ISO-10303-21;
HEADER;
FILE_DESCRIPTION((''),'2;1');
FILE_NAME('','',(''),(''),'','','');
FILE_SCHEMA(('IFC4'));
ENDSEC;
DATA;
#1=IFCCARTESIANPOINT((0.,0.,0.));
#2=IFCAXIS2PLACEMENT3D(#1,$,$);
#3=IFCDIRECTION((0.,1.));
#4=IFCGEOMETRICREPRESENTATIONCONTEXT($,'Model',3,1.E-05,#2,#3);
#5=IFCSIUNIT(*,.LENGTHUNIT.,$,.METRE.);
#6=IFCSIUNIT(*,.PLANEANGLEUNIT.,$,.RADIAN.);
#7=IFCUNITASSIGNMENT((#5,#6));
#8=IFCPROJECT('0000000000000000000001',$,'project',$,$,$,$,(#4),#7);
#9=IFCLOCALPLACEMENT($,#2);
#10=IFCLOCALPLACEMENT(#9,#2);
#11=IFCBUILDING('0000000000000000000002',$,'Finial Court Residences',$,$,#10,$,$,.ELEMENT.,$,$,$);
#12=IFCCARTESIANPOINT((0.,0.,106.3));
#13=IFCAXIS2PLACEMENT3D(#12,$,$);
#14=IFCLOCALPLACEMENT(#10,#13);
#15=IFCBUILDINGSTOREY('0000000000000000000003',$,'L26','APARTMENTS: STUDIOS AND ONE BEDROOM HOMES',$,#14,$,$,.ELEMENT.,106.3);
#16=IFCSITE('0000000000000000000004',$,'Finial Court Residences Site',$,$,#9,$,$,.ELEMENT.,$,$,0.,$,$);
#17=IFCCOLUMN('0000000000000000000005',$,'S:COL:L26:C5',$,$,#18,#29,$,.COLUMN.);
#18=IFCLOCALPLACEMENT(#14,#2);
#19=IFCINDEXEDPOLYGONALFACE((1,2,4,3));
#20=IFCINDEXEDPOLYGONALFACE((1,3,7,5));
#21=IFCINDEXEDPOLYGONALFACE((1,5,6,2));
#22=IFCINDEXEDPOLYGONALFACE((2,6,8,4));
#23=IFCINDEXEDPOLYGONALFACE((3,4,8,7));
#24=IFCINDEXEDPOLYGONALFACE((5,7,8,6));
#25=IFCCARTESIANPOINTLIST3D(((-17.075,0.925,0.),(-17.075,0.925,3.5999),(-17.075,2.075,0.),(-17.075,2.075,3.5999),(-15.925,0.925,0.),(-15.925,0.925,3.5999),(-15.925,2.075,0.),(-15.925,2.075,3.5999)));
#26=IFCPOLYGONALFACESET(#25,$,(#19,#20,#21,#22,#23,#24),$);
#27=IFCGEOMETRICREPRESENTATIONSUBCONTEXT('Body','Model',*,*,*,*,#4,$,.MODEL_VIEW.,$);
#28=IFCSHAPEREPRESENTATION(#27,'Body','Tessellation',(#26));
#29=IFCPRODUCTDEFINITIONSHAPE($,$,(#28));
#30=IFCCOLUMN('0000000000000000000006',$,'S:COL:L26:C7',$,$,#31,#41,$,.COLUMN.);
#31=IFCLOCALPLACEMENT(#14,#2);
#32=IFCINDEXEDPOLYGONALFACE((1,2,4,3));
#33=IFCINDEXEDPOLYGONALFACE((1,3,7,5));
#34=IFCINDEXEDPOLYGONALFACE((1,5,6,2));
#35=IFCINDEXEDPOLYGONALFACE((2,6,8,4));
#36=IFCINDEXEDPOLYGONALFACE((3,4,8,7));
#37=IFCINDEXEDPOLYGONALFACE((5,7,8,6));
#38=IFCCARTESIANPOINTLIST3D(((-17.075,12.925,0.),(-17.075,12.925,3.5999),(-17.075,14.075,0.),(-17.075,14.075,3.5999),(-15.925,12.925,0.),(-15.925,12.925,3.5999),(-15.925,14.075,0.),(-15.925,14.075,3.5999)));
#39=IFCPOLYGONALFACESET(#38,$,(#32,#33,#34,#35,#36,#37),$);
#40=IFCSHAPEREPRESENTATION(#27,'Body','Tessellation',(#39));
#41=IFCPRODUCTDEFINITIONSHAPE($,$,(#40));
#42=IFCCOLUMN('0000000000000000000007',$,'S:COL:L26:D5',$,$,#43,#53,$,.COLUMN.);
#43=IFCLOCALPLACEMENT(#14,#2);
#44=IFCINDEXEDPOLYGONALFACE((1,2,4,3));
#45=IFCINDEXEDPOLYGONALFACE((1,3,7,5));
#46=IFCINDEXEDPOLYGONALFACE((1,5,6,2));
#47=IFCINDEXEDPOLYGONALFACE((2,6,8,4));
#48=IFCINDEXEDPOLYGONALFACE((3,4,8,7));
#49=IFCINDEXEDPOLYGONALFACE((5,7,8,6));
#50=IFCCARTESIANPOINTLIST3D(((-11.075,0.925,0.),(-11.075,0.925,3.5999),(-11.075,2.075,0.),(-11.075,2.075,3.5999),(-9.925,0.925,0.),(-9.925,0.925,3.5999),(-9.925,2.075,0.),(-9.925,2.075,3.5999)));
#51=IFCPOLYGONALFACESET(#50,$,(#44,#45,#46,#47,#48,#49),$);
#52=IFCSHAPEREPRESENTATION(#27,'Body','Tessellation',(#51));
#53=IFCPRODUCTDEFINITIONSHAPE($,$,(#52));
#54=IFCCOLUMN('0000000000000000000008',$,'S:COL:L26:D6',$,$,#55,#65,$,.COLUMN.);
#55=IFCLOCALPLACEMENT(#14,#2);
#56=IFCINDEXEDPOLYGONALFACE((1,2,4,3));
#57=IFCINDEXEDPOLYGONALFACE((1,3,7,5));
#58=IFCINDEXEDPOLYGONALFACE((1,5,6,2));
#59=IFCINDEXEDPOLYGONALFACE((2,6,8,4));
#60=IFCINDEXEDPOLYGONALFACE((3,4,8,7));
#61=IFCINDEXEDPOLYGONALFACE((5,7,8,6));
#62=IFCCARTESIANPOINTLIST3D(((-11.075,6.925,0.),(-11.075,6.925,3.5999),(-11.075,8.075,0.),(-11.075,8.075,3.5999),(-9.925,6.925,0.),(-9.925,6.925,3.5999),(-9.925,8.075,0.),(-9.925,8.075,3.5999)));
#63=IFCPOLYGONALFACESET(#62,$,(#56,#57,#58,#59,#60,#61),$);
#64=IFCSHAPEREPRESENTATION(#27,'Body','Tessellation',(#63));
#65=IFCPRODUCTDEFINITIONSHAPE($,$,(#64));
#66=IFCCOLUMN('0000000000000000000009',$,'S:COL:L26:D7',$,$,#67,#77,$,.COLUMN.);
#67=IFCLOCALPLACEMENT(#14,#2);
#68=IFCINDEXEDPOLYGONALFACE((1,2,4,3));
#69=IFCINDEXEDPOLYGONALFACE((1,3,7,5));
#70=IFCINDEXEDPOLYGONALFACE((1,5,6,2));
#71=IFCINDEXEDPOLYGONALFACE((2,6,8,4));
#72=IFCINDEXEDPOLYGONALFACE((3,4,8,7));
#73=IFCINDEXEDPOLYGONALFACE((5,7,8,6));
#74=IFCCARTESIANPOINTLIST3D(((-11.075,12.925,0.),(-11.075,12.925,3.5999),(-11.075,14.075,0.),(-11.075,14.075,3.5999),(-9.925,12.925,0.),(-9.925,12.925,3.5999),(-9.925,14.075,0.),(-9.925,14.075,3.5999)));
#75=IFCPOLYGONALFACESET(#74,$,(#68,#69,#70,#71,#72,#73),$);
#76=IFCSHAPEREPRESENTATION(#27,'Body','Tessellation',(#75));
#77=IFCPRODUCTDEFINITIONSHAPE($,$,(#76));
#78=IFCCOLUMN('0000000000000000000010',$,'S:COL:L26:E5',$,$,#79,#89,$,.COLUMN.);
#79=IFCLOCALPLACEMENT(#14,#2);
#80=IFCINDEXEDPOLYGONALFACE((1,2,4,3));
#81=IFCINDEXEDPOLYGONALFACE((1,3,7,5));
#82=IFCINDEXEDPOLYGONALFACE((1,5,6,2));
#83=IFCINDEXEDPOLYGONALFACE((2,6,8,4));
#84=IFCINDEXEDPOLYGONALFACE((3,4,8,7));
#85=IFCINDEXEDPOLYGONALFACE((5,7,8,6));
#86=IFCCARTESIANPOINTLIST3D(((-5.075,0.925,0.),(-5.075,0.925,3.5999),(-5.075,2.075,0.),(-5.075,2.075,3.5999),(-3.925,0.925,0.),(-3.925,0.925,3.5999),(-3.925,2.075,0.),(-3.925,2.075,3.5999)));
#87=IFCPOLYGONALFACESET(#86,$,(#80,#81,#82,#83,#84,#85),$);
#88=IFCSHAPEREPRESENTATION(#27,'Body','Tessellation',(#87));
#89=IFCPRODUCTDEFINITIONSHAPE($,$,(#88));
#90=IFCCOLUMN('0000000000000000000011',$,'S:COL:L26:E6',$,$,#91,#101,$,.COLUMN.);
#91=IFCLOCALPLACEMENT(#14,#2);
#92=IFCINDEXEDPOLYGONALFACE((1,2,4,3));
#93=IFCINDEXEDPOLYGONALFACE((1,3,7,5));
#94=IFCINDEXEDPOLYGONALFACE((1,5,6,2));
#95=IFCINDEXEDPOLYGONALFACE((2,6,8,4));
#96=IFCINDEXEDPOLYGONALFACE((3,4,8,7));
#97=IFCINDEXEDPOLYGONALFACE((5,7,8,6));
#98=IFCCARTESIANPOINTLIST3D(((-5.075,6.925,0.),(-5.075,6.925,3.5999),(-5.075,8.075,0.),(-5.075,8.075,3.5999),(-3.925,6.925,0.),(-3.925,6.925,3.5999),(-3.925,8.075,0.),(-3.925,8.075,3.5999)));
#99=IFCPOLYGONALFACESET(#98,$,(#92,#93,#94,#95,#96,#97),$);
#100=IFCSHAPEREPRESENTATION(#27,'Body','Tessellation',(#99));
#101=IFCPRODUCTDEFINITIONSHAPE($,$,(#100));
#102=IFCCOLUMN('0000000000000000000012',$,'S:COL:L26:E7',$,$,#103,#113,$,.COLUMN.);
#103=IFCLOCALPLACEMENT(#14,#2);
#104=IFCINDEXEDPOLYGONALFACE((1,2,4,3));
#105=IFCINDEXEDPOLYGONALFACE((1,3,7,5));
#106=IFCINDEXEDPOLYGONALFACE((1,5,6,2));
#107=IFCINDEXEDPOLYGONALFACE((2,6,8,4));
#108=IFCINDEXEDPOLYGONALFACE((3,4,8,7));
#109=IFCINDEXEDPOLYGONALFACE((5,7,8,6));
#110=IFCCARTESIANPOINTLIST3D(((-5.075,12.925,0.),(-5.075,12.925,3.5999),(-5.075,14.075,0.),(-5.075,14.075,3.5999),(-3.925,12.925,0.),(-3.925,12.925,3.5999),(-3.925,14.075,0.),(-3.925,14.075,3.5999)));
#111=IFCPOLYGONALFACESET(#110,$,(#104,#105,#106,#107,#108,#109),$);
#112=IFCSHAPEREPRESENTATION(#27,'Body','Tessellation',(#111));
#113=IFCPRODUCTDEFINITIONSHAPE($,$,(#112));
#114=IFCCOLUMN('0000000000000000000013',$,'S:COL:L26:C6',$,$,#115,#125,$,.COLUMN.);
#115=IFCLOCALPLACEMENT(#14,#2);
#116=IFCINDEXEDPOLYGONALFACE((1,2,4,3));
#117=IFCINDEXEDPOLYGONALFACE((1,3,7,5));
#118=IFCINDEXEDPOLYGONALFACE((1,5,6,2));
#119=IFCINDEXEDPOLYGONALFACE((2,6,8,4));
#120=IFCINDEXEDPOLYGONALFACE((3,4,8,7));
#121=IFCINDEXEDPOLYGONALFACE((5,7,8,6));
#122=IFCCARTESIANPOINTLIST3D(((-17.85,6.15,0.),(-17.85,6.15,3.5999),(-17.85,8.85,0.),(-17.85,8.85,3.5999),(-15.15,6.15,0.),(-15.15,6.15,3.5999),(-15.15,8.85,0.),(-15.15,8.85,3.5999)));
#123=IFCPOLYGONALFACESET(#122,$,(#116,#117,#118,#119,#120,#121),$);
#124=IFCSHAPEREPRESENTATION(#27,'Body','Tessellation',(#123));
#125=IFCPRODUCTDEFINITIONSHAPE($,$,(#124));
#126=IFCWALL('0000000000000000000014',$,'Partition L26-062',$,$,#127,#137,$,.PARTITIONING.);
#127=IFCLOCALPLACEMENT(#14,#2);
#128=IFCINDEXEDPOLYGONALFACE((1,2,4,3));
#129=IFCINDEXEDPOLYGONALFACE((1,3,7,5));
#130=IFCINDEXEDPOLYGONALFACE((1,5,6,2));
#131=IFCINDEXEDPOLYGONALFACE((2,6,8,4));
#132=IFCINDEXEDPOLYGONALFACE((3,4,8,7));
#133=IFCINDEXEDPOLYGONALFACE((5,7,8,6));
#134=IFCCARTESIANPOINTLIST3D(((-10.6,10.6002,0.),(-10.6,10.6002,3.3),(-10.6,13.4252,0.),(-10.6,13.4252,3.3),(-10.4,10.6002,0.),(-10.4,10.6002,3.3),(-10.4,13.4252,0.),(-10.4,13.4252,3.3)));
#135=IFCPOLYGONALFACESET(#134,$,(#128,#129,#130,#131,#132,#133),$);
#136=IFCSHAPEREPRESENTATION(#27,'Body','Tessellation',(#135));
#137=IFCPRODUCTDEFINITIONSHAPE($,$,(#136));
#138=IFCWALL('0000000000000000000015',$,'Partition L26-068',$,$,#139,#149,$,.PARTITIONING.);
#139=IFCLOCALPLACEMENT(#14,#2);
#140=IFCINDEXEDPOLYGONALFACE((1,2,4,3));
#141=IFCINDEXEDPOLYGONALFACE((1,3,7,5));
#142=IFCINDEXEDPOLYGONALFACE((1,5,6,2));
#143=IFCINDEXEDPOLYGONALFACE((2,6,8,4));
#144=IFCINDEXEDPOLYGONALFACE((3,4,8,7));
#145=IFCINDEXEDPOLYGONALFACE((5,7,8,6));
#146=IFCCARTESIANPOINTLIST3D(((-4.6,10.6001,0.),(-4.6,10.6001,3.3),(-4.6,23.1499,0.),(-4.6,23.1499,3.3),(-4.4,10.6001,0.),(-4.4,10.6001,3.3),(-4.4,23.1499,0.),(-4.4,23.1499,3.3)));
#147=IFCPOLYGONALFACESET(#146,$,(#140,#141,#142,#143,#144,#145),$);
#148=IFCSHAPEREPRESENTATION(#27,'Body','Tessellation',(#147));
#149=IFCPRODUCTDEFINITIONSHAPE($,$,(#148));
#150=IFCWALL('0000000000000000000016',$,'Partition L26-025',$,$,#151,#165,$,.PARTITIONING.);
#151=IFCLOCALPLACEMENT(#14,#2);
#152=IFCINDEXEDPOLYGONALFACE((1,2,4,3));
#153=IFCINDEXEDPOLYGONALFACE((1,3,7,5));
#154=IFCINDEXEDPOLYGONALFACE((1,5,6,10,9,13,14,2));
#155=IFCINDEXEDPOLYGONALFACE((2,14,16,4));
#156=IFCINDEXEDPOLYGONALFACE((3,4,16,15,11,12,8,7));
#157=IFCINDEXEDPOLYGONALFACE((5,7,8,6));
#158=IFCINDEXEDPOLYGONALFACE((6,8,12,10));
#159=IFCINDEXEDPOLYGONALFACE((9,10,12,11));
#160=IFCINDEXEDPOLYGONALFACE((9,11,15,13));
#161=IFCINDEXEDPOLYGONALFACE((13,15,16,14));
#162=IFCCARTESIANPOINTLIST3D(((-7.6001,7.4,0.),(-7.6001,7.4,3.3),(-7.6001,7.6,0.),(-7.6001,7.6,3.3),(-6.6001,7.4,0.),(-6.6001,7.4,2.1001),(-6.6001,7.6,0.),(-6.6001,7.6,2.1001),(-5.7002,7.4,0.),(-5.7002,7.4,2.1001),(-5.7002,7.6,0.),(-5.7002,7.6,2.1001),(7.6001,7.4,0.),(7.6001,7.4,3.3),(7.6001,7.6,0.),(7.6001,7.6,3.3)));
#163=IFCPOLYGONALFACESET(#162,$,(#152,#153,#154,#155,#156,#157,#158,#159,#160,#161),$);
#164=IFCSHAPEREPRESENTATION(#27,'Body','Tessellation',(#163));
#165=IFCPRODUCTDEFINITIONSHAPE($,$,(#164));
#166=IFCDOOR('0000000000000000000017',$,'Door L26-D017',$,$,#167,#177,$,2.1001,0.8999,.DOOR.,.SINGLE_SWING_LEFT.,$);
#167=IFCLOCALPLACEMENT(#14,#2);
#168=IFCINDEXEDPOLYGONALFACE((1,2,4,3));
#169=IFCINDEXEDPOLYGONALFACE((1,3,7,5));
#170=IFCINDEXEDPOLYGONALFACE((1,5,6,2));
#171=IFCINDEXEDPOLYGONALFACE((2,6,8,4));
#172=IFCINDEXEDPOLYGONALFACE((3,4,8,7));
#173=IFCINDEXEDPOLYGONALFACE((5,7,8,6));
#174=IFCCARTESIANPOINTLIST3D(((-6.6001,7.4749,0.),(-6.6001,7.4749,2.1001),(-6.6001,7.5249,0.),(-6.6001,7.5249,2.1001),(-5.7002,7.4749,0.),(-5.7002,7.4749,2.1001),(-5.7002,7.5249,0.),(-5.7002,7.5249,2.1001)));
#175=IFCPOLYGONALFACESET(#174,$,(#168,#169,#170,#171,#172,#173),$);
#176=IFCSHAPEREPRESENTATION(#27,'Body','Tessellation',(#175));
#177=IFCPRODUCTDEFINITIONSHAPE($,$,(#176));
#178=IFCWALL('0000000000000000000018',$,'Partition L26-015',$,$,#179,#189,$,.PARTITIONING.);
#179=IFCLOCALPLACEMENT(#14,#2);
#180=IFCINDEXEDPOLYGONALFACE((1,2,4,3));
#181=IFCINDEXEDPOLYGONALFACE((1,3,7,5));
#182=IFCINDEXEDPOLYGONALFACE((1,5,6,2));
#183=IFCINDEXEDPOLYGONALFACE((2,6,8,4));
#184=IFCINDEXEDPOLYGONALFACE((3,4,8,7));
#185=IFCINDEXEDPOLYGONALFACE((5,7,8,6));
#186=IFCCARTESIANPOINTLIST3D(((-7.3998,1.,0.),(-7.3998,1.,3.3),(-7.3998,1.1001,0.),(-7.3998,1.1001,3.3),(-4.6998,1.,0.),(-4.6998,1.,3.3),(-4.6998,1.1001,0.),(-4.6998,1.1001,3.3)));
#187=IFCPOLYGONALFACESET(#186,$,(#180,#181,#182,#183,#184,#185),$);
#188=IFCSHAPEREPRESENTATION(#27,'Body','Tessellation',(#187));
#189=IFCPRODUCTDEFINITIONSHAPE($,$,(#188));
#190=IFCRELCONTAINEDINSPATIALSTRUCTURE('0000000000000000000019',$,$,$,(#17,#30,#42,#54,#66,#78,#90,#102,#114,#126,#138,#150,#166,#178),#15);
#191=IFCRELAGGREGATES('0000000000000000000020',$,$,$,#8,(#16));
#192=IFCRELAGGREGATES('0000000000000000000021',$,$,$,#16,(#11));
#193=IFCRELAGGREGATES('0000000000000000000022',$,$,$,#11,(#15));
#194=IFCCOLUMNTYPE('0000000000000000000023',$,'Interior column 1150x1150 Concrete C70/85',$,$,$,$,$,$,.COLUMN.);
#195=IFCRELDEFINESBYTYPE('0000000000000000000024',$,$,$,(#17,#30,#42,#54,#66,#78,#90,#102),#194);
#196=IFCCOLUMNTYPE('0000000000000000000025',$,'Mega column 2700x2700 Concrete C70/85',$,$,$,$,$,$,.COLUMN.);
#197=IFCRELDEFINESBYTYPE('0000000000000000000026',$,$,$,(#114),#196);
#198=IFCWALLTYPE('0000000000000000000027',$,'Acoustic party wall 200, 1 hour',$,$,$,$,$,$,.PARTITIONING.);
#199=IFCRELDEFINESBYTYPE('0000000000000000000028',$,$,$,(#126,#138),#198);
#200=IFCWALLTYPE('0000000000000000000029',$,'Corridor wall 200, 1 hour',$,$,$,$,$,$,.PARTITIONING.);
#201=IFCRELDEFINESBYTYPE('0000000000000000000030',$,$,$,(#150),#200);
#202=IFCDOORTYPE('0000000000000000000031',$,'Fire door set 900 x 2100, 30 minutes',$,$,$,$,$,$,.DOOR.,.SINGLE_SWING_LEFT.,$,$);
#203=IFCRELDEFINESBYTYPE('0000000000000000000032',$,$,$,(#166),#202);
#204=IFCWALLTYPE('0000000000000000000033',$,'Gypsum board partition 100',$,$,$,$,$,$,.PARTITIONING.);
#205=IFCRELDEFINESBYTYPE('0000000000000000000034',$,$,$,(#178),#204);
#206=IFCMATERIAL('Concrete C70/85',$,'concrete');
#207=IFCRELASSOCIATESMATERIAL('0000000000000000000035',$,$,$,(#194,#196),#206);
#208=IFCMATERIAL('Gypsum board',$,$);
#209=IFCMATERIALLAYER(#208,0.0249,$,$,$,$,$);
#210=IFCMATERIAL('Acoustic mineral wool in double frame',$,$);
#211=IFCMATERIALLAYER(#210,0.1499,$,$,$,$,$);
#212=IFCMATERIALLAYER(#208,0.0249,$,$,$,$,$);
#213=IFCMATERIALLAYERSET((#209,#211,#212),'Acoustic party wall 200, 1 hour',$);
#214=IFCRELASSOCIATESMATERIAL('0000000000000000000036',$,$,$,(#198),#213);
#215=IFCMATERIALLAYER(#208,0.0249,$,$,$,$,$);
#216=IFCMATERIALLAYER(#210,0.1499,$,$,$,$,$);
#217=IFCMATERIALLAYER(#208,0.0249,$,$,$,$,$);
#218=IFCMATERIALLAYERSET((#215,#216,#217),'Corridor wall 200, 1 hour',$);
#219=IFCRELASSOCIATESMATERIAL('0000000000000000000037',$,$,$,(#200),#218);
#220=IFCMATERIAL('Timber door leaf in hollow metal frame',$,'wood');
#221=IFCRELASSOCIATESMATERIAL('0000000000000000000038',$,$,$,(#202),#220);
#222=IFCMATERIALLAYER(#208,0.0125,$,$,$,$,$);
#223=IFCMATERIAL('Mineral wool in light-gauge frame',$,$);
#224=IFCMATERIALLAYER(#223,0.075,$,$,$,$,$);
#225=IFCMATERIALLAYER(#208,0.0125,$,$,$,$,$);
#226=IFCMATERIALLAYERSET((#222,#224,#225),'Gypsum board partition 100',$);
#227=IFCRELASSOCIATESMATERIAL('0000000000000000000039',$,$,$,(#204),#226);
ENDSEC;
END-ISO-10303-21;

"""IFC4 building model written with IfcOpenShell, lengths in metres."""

from ifc_helpers import new_model, si_unit, direction, frame, frame_2d, origin, origin_2d, place, context, subcontext, project, spatial, rectangle, extrude, material, layer, layer_set, material_profile, profile_set, type_object, element, fill, save


model = new_model("IFC4")

# Units and contexts
model_context = context("Model", 3, precision=1e-05, world=origin(), true_north=direction((0.0, 1.0)))
body_context = subcontext(model_context, "Body", "Model", "MODEL_VIEW")
ifc_project = project(units=[si_unit("LENGTHUNIT", "METRE"), si_unit("PLANEANGLEUNIT", "RADIAN")], contexts=[model_context])

# Site, building, storey
site_placement = place(None, origin())
site = spatial("IfcSite", under=ifc_project, at=site_placement, Name="Finial Court Residences Site", CompositionType="ELEMENT", RefElevation=0.0)
building_placement = place(site_placement, origin())
building = spatial("IfcBuilding", under=site, at=building_placement, Name="Finial Court Residences", CompositionType="ELEMENT")
storey_placement = place(building_placement, frame((0.0, 0.0, 106.3)))
storey = spatial("IfcBuildingStorey", under=building, at=storey_placement, Name="L26", Description="APARTMENTS: STUDIOS AND ONE BEDROOM HOMES", CompositionType="ELEMENT", Elevation=106.3)

# Columns
ifc_material_1 = material(Name="Concrete C70/85", Category="concrete")
ifc_material_profile_1 = material_profile(ifc_material_1, rectangle(XDim=1.1499, YDim=1.1499, at=origin_2d()), Name="1150x1150")
ifc_profile_set_1 = profile_set([ifc_material_profile_1], Name="Concrete C70/85")
column_type_1 = type_object("IfcColumnType", Name="Interior column 1150x1150 Concrete C70/85", PredefinedType="COLUMN", material=ifc_profile_set_1)
for number, where, z_axis, x_axis, name in (
    (1, (-16.5, 1.5, 0.0), (0.0, 0.0, 1.0), (1.0, 0.0, 0.0), "S:COL:L26:C5"),
    (2, (-16.5, 13.5, 0.0), (0.0, 0.0, 1.0), (1.0, 0.0, 0.0), "S:COL:L26:C7"),
    (3, (-10.5, 1.5, 0.0), (0.0, 0.0, 1.0), (1.0, 0.0, 0.0), "S:COL:L26:D5"),
    (4, (-10.5, 7.5, 0.0), (0.0, 0.0, 1.0), (1.0, 0.0, 0.0), "S:COL:L26:D6"),
    (5, (-10.5, 13.5, 0.0), (0.0, 0.0, 1.0), (1.0, 0.0, 0.0), "S:COL:L26:D7"),
    (6, (-4.5, 1.5, 0.0), (0.0, 0.0, 1.0), (1.0, 0.0, 0.0), "S:COL:L26:E5"),
    (7, (-4.5, 7.5, 0.0), (0.0, 0.0, 1.0), (1.0, 0.0, 0.0), "S:COL:L26:E6"),
    (8, (-4.5, 13.5, 0.0), (0.0, 0.0, 1.0), (1.0, 0.0, 0.0), "S:COL:L26:E7"),
):
    element("IfcColumn", number, at=place(storey_placement, frame(where, z_axis=z_axis, x_axis=x_axis)), inside=storey, type_object=column_type_1, Name=name, PredefinedType="COLUMN", context=body_context, shape_type="SweptSolid", body=[
        extrude(rectangle(XDim=1.1499, YDim=1.1499, at=origin_2d()), origin(), (0.0, 0.0, 1.0), 3.5999),
    ])
ifc_material_profile_2 = material_profile(ifc_material_1, rectangle(XDim=2.7, YDim=2.7, at=origin_2d()), Name="2700x2700")
ifc_profile_set_2 = profile_set([ifc_material_profile_2], Name="Concrete C70/85")
column_type_2 = type_object("IfcColumnType", Name="Mega column 2700x2700 Concrete C70/85", PredefinedType="COLUMN", material=ifc_profile_set_2)
column_placement = place(storey_placement, frame((-16.5, 7.5, 0.0), z_axis=(0.0, 0.0, 1.0), x_axis=(1.0, 0.0, 0.0)))
element("IfcColumn", 9, at=column_placement, inside=storey, type_object=column_type_2, Name="S:COL:L26:C6", PredefinedType="COLUMN", context=body_context, shape_type="SweptSolid", body=[
    extrude(rectangle(XDim=2.7, YDim=2.7, at=origin_2d()), origin(), (0.0, 0.0, 1.0), 3.5999),
])

# Walls
ifc_material_2 = material(Name="Gypsum board")
ifc_layer_1 = layer(ifc_material_2, 0.0249)
ifc_material_3 = material(Name="Acoustic mineral wool in double frame")
ifc_layer_2 = layer(ifc_material_3, 0.1499)
ifc_layer_3 = layer(ifc_material_2, 0.0249)
ifc_layer_set_1 = layer_set([ifc_layer_1, ifc_layer_2, ifc_layer_3], Name="Acoustic party wall 200, 1 hour")
wall_type_1 = type_object("IfcWallType", Name="Acoustic party wall 200, 1 hour", PredefinedType="PARTITIONING", material=ifc_layer_set_1)
wall_1_placement = place(storey_placement, frame((-10.5, 10.6001, 0.0), z_axis=(0.0, 0.0, 1.0), x_axis=(0.0, 1.0, 0.0)))
element("IfcWall", 10, at=wall_1_placement, inside=storey, type_object=wall_type_1, Name="Partition L26-062", PredefinedType="PARTITIONING", context=body_context, shape_type="SweptSolid", body=[
    extrude(rectangle(XDim=2.825, YDim=0.2, at=frame_2d((1.4126, 0.0))), origin(), (0.0, 0.0, 1.0), 3.3),
])
wall_2_placement = place(storey_placement, frame((-4.5, 10.6001, 0.0), z_axis=(0.0, 0.0, 1.0), x_axis=(0.0, 1.0, 0.0)))
element("IfcWall", 11, at=wall_2_placement, inside=storey, type_object=wall_type_1, Name="Partition L26-068", PredefinedType="PARTITIONING", context=body_context, shape_type="SweptSolid", body=[
    extrude(rectangle(XDim=12.5498, YDim=0.2, at=frame_2d((6.2749, 0.0))), origin(), (0.0, 0.0, 1.0), 3.3),
])

# Wall, opening, door
ifc_layer_4 = layer(ifc_material_2, 0.0249)
ifc_layer_5 = layer(ifc_material_3, 0.1499)
ifc_layer_6 = layer(ifc_material_2, 0.0249)
ifc_layer_set_2 = layer_set([ifc_layer_4, ifc_layer_5, ifc_layer_6], Name="Corridor wall 200, 1 hour")
wall_type_2 = type_object("IfcWallType", Name="Corridor wall 200, 1 hour", PredefinedType="PARTITIONING", material=ifc_layer_set_2)
wall_3_placement = place(storey_placement, frame((-7.6001, 7.5, 0.0), z_axis=(0.0, 0.0, 1.0), x_axis=(1.0, 0.0, 0.0)))
wall_3 = element("IfcWall", 12, at=wall_3_placement, inside=storey, type_object=wall_type_2, Name="Partition L26-025", PredefinedType="PARTITIONING", context=body_context, shape_type="SweptSolid", body=[
    extrude(rectangle(XDim=15.2002, YDim=0.2, at=frame_2d((7.6001, 0.0))), origin(), (0.0, 0.0, 1.0), 3.3),
])
opening_1_placement = place(wall_3_placement, frame((1.0, 0.0, 0.0)))
opening_1 = element("IfcOpeningElement", 13, at=opening_1_placement, cuts=wall_3, PredefinedType="OPENING", context=body_context, shape_type="SweptSolid", body=[
    extrude(rectangle(XDim=0.8999, YDim=2.1001, at=frame_2d((0.45, 1.05))), frame((0.0, 0.1099, 0.0), z_axis=(0.0, -1.0, 0.0), x_axis=(1.0, 0.0, 0.0)), (0.0, 0.0, 1.0), 0.22),
])
ifc_material_4 = material(Name="Timber door leaf in hollow metal frame", Category="wood")
door_type_1 = type_object("IfcDoorType", Name="Fire door set 900 x 2100, 30 minutes", OperationType="SINGLE_SWING_LEFT", PredefinedType="DOOR", material=ifc_material_4)
door_1_placement = place(opening_1_placement, origin())
door_1 = element("IfcDoor", 14, at=door_1_placement, inside=storey, type_object=door_type_1, Name="Door L26-D017", OperationType="SINGLE_SWING_LEFT", OverallHeight=2.1001, OverallWidth=0.8999, PredefinedType="DOOR", context=body_context, shape_type="SweptSolid", body=[
    extrude(rectangle(XDim=0.8999, YDim=2.1001, at=frame_2d((0.45, 1.05))), frame((0.0, 0.0249, 0.0), z_axis=(0.0, -1.0, 0.0), x_axis=(1.0, 0.0, 0.0)), (0.0, 0.0, 1.0), 0.05),
])
fill(opening_1, door_1)

# Wall
ifc_layer_7 = layer(ifc_material_2, 0.0125)
ifc_material_5 = material(Name="Mineral wool in light-gauge frame")
ifc_layer_8 = layer(ifc_material_5, 0.075)
ifc_layer_9 = layer(ifc_material_2, 0.0125)
ifc_layer_set_3 = layer_set([ifc_layer_7, ifc_layer_8, ifc_layer_9], Name="Gypsum board partition 100")
wall_type_3 = type_object("IfcWallType", Name="Gypsum board partition 100", PredefinedType="PARTITIONING", material=ifc_layer_set_3)
wall_4_placement = place(storey_placement, frame((-7.3999, 1.05, 0.0), z_axis=(0.0, 0.0, 1.0), x_axis=(1.0, 0.0, 0.0)))
element("IfcWall", 15, at=wall_4_placement, inside=storey, type_object=wall_type_3, Name="Partition L26-015", PredefinedType="PARTITIONING", context=body_context, shape_type="SweptSolid", body=[
    extrude(rectangle(XDim=2.7, YDim=0.1001, at=frame_2d((1.3501, 0.0))), origin(), (0.0, 0.0, 1.0), 3.3),
])

save(model, "model.ifc")
